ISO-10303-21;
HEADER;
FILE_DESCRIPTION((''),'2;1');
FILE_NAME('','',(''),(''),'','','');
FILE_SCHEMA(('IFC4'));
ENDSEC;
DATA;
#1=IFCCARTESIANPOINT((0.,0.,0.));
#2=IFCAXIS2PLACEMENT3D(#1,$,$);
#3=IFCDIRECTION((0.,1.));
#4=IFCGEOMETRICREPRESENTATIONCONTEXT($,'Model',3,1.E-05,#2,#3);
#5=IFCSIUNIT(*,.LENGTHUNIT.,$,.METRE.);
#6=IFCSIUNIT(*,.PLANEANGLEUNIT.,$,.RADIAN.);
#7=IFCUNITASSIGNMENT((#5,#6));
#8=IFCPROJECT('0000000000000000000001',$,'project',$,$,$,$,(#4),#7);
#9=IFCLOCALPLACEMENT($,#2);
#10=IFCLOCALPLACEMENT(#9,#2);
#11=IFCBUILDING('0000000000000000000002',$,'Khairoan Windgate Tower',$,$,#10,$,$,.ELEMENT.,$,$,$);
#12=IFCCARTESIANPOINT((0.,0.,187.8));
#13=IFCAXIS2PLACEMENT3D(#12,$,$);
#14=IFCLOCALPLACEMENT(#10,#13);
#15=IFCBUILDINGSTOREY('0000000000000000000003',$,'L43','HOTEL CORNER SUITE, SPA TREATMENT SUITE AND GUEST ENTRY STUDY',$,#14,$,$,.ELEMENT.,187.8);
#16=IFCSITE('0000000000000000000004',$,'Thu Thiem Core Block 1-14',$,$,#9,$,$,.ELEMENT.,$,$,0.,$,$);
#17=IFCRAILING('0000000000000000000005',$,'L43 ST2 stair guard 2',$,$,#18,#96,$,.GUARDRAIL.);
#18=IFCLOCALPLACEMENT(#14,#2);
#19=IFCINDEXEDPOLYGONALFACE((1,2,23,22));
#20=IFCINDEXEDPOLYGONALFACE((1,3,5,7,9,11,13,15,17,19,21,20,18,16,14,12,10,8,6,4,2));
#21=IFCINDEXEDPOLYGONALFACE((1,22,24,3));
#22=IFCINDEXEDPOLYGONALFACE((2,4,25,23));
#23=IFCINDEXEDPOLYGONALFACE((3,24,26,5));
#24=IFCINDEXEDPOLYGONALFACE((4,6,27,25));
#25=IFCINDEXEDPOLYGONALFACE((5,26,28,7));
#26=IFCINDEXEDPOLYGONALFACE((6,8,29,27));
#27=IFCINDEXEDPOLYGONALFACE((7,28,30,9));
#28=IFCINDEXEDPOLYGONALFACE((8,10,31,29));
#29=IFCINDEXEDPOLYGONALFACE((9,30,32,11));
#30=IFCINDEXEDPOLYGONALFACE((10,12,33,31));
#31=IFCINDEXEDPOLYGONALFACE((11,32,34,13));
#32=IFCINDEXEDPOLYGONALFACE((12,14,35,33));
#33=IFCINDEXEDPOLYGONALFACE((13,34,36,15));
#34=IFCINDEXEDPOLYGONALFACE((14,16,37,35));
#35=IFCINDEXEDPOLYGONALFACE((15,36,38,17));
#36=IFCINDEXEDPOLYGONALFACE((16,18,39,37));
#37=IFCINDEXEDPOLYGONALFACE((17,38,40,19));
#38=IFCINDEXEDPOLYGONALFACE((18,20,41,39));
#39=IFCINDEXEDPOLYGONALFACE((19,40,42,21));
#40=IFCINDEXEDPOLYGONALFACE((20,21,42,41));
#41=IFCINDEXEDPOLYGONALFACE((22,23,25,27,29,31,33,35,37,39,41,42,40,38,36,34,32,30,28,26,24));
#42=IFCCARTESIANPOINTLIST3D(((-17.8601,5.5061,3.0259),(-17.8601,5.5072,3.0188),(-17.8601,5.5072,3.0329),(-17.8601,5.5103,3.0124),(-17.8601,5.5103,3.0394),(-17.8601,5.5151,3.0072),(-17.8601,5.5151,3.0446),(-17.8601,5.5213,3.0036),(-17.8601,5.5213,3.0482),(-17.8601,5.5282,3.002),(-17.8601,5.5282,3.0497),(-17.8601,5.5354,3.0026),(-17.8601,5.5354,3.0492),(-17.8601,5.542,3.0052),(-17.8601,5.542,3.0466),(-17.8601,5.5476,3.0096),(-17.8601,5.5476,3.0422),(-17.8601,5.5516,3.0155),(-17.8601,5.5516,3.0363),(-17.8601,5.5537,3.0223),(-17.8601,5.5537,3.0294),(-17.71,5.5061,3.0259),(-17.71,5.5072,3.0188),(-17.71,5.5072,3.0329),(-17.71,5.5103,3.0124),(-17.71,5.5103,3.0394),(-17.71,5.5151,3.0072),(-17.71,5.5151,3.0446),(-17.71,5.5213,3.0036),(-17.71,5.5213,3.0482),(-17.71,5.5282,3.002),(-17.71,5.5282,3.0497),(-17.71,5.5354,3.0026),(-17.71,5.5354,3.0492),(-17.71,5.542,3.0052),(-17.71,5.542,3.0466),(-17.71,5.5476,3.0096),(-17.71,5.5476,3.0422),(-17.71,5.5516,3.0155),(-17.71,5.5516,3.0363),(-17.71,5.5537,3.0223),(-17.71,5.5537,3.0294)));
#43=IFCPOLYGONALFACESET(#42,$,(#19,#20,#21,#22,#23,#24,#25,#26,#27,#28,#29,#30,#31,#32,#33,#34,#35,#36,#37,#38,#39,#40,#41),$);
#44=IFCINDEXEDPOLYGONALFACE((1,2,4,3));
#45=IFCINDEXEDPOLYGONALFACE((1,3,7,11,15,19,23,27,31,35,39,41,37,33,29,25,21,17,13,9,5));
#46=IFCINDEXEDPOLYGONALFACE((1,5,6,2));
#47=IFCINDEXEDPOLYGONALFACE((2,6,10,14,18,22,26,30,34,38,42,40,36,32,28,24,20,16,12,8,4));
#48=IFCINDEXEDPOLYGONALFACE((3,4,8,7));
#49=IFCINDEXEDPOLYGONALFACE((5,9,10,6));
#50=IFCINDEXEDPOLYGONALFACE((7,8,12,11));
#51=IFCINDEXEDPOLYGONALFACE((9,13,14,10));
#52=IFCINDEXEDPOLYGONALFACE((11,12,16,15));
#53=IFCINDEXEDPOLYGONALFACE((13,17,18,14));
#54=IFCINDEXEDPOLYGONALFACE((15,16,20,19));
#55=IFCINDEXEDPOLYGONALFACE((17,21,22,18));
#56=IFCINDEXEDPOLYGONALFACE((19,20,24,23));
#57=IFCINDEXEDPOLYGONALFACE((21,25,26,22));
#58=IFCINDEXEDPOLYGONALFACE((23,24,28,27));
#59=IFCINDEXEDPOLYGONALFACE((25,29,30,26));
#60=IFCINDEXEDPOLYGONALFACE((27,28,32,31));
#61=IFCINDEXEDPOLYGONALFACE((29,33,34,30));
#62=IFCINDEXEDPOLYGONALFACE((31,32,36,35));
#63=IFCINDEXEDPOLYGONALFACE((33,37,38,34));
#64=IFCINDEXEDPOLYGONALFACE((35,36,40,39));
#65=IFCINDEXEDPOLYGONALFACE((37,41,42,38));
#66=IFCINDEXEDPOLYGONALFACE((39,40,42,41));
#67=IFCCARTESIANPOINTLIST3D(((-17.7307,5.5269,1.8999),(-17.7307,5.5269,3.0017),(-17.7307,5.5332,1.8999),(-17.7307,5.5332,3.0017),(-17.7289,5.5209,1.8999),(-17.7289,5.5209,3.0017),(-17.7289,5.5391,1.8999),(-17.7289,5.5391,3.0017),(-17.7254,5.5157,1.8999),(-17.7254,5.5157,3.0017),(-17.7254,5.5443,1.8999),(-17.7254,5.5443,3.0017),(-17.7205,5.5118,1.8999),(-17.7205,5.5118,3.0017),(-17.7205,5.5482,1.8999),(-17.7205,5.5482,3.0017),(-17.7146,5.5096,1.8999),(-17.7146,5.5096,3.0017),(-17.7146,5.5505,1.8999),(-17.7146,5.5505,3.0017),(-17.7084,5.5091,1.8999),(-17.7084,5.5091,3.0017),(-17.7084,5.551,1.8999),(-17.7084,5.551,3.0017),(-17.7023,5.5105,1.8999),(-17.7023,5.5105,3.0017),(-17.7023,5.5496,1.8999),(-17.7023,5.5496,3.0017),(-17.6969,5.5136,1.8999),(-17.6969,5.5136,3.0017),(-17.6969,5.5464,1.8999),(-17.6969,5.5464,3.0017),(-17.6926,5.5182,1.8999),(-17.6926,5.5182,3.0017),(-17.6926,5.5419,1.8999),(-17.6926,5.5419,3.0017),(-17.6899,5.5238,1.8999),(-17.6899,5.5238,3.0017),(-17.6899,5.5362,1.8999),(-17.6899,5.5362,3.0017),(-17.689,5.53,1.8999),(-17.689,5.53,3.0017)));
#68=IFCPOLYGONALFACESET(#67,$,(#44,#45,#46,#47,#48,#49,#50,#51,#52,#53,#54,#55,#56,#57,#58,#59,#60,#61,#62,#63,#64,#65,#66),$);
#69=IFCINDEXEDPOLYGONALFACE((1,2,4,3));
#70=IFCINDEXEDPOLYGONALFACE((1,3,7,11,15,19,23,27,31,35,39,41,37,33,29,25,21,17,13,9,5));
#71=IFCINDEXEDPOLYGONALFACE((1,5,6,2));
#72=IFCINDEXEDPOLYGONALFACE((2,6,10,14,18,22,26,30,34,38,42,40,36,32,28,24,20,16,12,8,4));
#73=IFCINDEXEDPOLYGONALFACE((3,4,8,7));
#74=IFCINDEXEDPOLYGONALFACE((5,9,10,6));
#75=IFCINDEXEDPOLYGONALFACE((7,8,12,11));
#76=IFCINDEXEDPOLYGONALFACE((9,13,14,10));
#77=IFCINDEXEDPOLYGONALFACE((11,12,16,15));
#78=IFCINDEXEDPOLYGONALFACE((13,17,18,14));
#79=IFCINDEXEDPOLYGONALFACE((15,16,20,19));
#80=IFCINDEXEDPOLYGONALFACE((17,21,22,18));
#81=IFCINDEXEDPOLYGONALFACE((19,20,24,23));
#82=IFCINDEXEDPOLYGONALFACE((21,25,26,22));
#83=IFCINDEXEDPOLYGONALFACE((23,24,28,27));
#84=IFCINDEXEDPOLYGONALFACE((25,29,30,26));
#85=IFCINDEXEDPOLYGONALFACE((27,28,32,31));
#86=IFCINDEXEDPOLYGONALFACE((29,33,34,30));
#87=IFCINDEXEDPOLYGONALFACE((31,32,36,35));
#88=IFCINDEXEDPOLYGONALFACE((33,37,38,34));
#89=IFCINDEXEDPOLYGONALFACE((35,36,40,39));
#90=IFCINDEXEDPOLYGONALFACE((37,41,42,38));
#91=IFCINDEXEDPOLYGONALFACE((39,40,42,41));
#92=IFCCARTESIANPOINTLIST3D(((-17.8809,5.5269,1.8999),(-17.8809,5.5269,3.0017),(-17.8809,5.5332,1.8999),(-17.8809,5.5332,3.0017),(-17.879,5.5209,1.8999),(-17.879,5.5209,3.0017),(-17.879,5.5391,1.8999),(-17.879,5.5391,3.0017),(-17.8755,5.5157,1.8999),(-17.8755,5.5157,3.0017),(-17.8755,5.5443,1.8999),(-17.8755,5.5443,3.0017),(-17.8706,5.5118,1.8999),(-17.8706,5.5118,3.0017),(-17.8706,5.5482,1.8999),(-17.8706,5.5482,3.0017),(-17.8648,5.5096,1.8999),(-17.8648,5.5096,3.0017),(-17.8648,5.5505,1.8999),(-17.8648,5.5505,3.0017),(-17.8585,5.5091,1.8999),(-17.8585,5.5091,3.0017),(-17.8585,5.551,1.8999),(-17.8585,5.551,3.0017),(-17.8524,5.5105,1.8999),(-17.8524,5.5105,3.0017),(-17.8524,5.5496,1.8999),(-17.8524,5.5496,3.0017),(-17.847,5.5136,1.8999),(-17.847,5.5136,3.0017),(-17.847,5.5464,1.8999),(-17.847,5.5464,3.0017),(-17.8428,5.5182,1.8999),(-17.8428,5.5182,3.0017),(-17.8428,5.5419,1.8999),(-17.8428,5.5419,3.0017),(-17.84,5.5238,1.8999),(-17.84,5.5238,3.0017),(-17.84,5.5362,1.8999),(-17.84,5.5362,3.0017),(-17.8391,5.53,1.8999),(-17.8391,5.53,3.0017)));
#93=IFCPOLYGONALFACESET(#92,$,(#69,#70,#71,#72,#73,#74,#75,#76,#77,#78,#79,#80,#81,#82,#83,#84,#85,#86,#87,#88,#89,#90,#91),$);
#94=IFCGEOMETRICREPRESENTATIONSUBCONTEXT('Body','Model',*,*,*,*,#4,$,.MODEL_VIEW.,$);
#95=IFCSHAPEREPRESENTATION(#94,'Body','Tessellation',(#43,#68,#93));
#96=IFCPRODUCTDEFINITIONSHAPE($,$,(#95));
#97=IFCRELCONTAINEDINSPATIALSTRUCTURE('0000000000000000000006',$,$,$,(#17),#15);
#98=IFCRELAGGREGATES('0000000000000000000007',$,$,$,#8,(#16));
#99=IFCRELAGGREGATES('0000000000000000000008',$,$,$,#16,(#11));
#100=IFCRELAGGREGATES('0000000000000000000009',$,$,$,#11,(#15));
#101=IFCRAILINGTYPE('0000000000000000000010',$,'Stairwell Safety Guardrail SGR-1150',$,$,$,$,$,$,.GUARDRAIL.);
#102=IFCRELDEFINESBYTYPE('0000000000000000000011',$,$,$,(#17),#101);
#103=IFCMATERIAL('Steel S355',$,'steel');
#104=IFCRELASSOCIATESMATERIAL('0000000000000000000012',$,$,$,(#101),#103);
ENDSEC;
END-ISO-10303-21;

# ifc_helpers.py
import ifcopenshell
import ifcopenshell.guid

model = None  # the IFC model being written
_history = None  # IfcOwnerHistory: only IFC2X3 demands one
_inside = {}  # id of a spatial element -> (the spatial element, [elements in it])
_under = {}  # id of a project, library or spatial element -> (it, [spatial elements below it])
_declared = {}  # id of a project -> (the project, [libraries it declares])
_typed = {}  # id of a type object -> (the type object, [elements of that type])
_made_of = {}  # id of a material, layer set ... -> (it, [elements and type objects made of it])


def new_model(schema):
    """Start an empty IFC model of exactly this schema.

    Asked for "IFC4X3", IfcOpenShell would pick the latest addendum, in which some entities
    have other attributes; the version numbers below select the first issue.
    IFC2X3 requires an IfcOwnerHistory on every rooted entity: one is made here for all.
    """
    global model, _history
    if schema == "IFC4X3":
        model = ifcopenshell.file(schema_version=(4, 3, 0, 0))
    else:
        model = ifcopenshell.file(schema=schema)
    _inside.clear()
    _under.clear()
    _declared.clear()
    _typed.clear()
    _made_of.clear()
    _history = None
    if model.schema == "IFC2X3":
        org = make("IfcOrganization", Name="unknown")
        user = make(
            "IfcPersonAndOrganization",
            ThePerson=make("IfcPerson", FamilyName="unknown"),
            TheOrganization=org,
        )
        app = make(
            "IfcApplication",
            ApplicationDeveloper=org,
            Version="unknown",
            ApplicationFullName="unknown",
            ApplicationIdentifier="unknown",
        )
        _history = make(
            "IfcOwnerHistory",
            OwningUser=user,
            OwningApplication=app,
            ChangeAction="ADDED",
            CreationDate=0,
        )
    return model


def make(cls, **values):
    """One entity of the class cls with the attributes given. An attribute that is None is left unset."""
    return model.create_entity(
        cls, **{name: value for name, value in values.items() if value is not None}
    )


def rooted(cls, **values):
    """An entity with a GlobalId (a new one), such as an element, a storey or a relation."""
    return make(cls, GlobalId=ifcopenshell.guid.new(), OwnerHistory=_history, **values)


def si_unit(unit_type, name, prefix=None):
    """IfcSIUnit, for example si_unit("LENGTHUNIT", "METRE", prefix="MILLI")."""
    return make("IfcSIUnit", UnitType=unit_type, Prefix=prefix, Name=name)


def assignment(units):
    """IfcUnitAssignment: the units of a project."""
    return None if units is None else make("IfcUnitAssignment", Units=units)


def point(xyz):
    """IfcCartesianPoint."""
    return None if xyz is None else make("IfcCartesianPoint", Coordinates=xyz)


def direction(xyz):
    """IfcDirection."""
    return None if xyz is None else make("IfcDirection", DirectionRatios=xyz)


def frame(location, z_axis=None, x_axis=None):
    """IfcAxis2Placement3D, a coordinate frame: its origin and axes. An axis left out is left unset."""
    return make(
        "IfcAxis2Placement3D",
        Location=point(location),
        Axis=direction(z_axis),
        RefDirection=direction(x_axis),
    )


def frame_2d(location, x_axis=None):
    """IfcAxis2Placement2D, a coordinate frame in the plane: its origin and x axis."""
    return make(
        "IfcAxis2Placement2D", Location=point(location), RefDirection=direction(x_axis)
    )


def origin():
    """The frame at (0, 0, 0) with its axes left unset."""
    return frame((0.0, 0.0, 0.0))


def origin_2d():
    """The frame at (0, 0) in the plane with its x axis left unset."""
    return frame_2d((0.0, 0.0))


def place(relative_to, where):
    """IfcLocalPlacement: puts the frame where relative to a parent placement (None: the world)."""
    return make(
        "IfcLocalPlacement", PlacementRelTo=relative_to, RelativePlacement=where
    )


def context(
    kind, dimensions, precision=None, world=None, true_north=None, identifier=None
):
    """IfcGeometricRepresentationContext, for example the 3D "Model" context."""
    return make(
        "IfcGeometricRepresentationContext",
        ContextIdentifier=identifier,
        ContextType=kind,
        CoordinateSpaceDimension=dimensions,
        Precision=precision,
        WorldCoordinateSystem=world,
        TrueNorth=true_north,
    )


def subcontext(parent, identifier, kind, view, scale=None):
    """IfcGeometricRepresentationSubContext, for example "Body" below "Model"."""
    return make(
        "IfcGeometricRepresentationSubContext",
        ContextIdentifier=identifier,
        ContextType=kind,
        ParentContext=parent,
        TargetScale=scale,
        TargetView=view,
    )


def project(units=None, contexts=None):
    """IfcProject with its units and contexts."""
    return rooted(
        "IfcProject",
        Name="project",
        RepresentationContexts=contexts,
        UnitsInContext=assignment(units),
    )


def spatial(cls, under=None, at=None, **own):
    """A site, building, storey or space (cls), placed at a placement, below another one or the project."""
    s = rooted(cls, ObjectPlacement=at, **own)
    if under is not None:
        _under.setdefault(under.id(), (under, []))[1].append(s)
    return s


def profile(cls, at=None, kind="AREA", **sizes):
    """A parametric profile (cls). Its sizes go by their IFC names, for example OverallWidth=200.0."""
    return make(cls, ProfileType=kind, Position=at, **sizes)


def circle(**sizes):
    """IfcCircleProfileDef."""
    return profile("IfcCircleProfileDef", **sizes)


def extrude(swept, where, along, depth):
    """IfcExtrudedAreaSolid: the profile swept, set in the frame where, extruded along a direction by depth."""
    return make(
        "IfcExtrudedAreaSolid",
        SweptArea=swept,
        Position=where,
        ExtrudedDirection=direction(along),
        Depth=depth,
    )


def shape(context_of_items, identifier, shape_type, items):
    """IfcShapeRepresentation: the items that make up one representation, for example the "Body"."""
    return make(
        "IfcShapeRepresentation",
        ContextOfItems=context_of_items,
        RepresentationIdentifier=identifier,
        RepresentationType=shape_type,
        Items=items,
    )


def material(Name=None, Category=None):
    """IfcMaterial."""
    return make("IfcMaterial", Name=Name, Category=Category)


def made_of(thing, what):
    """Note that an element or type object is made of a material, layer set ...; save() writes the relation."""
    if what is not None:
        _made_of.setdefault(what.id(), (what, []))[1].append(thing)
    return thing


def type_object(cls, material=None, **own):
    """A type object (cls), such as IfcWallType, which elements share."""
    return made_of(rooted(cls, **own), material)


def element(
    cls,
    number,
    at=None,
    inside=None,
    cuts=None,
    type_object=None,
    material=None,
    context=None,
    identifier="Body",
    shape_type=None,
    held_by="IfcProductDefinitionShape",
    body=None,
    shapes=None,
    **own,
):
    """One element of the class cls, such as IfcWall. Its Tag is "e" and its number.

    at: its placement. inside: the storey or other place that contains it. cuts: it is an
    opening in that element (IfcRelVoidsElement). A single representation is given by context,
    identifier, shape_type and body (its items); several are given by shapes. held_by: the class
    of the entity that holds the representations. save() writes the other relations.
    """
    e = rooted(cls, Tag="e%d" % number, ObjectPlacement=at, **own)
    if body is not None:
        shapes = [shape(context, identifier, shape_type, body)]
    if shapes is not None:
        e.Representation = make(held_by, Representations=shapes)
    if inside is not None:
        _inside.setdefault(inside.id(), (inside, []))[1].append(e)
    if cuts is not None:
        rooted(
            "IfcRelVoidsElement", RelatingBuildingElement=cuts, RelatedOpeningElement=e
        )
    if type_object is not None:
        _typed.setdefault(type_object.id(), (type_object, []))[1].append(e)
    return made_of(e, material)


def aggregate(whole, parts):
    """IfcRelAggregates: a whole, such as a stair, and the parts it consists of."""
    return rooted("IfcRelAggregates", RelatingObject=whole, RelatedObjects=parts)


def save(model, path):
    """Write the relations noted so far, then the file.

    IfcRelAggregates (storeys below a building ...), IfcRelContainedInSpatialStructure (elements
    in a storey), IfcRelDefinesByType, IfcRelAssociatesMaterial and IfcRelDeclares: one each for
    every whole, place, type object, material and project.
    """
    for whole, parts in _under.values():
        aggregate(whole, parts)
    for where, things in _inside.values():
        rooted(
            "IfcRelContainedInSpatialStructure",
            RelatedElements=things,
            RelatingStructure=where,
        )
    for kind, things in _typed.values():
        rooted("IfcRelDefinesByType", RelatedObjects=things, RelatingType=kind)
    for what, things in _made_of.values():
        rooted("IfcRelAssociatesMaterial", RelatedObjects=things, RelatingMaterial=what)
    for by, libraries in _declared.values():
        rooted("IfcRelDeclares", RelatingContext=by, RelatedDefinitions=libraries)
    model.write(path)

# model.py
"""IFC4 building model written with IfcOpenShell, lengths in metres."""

from ifc_helpers import new_model, si_unit, direction, frame, origin, origin_2d, place, context, subcontext, project, spatial, circle, extrude, material, type_object, element, save


model = new_model("IFC4")

# Units and contexts
model_context = context("Model", 3, precision=1e-05, world=origin(), true_north=direction((0.0, 1.0)))
body_context = subcontext(model_context, "Body", "Model", "MODEL_VIEW")
ifc_project = project(units=[si_unit("LENGTHUNIT", "METRE"), si_unit("PLANEANGLEUNIT", "RADIAN")], contexts=[model_context])

# Site, building, storey
site_placement = place(None, origin())
site = spatial("IfcSite", under=ifc_project, at=site_placement, Name="Thu Thiem Core Block 1-14", CompositionType="ELEMENT", RefElevation=0.0)
building_placement = place(site_placement, origin())
building = spatial("IfcBuilding", under=site, at=building_placement, Name="Khairoan Windgate Tower", CompositionType="ELEMENT")
storey_placement = place(building_placement, frame((0.0, 0.0, 187.8)))
storey = spatial("IfcBuildingStorey", under=building, at=storey_placement, Name="L43", Description="HOTEL CORNER SUITE, SPA TREATMENT SUITE AND GUEST ENTRY STUDY", CompositionType="ELEMENT", Elevation=187.8)

# Railing
ifc_material_1 = material(Name="Steel S355", Category="steel")
railing_type_1 = type_object("IfcRailingType", Name="Stairwell Safety Guardrail SGR-1150", PredefinedType="GUARDRAIL", material=ifc_material_1)
railing_1_placement = place(storey_placement, frame((-17.71, 5.53, 1.8999)))
element("IfcRailing", 1, at=railing_1_placement, inside=storey, type_object=railing_type_1, Name="L43 ST2 stair guard 2", PredefinedType="GUARDRAIL", context=body_context, shape_type="SweptSolid", body=[
    extrude(circle(Radius=0.0239, at=origin_2d()), frame((0.0, 0.0, 1.126), z_axis=(-1.0, 0.0, 0.0), x_axis=(0.0, -1.0, 0.0)), (0.0, 0.0, 1.0), 0.1501),
    extrude(circle(Radius=0.021, at=origin_2d()), origin(), (0.0, 0.0, 1.0), 1.1018),
    extrude(circle(Radius=0.021, at=origin_2d()), frame((-0.1501, 0.0, 0.0)), (0.0, 0.0, 1.0), 1.1018),
])

save(model, "model.ifc")
